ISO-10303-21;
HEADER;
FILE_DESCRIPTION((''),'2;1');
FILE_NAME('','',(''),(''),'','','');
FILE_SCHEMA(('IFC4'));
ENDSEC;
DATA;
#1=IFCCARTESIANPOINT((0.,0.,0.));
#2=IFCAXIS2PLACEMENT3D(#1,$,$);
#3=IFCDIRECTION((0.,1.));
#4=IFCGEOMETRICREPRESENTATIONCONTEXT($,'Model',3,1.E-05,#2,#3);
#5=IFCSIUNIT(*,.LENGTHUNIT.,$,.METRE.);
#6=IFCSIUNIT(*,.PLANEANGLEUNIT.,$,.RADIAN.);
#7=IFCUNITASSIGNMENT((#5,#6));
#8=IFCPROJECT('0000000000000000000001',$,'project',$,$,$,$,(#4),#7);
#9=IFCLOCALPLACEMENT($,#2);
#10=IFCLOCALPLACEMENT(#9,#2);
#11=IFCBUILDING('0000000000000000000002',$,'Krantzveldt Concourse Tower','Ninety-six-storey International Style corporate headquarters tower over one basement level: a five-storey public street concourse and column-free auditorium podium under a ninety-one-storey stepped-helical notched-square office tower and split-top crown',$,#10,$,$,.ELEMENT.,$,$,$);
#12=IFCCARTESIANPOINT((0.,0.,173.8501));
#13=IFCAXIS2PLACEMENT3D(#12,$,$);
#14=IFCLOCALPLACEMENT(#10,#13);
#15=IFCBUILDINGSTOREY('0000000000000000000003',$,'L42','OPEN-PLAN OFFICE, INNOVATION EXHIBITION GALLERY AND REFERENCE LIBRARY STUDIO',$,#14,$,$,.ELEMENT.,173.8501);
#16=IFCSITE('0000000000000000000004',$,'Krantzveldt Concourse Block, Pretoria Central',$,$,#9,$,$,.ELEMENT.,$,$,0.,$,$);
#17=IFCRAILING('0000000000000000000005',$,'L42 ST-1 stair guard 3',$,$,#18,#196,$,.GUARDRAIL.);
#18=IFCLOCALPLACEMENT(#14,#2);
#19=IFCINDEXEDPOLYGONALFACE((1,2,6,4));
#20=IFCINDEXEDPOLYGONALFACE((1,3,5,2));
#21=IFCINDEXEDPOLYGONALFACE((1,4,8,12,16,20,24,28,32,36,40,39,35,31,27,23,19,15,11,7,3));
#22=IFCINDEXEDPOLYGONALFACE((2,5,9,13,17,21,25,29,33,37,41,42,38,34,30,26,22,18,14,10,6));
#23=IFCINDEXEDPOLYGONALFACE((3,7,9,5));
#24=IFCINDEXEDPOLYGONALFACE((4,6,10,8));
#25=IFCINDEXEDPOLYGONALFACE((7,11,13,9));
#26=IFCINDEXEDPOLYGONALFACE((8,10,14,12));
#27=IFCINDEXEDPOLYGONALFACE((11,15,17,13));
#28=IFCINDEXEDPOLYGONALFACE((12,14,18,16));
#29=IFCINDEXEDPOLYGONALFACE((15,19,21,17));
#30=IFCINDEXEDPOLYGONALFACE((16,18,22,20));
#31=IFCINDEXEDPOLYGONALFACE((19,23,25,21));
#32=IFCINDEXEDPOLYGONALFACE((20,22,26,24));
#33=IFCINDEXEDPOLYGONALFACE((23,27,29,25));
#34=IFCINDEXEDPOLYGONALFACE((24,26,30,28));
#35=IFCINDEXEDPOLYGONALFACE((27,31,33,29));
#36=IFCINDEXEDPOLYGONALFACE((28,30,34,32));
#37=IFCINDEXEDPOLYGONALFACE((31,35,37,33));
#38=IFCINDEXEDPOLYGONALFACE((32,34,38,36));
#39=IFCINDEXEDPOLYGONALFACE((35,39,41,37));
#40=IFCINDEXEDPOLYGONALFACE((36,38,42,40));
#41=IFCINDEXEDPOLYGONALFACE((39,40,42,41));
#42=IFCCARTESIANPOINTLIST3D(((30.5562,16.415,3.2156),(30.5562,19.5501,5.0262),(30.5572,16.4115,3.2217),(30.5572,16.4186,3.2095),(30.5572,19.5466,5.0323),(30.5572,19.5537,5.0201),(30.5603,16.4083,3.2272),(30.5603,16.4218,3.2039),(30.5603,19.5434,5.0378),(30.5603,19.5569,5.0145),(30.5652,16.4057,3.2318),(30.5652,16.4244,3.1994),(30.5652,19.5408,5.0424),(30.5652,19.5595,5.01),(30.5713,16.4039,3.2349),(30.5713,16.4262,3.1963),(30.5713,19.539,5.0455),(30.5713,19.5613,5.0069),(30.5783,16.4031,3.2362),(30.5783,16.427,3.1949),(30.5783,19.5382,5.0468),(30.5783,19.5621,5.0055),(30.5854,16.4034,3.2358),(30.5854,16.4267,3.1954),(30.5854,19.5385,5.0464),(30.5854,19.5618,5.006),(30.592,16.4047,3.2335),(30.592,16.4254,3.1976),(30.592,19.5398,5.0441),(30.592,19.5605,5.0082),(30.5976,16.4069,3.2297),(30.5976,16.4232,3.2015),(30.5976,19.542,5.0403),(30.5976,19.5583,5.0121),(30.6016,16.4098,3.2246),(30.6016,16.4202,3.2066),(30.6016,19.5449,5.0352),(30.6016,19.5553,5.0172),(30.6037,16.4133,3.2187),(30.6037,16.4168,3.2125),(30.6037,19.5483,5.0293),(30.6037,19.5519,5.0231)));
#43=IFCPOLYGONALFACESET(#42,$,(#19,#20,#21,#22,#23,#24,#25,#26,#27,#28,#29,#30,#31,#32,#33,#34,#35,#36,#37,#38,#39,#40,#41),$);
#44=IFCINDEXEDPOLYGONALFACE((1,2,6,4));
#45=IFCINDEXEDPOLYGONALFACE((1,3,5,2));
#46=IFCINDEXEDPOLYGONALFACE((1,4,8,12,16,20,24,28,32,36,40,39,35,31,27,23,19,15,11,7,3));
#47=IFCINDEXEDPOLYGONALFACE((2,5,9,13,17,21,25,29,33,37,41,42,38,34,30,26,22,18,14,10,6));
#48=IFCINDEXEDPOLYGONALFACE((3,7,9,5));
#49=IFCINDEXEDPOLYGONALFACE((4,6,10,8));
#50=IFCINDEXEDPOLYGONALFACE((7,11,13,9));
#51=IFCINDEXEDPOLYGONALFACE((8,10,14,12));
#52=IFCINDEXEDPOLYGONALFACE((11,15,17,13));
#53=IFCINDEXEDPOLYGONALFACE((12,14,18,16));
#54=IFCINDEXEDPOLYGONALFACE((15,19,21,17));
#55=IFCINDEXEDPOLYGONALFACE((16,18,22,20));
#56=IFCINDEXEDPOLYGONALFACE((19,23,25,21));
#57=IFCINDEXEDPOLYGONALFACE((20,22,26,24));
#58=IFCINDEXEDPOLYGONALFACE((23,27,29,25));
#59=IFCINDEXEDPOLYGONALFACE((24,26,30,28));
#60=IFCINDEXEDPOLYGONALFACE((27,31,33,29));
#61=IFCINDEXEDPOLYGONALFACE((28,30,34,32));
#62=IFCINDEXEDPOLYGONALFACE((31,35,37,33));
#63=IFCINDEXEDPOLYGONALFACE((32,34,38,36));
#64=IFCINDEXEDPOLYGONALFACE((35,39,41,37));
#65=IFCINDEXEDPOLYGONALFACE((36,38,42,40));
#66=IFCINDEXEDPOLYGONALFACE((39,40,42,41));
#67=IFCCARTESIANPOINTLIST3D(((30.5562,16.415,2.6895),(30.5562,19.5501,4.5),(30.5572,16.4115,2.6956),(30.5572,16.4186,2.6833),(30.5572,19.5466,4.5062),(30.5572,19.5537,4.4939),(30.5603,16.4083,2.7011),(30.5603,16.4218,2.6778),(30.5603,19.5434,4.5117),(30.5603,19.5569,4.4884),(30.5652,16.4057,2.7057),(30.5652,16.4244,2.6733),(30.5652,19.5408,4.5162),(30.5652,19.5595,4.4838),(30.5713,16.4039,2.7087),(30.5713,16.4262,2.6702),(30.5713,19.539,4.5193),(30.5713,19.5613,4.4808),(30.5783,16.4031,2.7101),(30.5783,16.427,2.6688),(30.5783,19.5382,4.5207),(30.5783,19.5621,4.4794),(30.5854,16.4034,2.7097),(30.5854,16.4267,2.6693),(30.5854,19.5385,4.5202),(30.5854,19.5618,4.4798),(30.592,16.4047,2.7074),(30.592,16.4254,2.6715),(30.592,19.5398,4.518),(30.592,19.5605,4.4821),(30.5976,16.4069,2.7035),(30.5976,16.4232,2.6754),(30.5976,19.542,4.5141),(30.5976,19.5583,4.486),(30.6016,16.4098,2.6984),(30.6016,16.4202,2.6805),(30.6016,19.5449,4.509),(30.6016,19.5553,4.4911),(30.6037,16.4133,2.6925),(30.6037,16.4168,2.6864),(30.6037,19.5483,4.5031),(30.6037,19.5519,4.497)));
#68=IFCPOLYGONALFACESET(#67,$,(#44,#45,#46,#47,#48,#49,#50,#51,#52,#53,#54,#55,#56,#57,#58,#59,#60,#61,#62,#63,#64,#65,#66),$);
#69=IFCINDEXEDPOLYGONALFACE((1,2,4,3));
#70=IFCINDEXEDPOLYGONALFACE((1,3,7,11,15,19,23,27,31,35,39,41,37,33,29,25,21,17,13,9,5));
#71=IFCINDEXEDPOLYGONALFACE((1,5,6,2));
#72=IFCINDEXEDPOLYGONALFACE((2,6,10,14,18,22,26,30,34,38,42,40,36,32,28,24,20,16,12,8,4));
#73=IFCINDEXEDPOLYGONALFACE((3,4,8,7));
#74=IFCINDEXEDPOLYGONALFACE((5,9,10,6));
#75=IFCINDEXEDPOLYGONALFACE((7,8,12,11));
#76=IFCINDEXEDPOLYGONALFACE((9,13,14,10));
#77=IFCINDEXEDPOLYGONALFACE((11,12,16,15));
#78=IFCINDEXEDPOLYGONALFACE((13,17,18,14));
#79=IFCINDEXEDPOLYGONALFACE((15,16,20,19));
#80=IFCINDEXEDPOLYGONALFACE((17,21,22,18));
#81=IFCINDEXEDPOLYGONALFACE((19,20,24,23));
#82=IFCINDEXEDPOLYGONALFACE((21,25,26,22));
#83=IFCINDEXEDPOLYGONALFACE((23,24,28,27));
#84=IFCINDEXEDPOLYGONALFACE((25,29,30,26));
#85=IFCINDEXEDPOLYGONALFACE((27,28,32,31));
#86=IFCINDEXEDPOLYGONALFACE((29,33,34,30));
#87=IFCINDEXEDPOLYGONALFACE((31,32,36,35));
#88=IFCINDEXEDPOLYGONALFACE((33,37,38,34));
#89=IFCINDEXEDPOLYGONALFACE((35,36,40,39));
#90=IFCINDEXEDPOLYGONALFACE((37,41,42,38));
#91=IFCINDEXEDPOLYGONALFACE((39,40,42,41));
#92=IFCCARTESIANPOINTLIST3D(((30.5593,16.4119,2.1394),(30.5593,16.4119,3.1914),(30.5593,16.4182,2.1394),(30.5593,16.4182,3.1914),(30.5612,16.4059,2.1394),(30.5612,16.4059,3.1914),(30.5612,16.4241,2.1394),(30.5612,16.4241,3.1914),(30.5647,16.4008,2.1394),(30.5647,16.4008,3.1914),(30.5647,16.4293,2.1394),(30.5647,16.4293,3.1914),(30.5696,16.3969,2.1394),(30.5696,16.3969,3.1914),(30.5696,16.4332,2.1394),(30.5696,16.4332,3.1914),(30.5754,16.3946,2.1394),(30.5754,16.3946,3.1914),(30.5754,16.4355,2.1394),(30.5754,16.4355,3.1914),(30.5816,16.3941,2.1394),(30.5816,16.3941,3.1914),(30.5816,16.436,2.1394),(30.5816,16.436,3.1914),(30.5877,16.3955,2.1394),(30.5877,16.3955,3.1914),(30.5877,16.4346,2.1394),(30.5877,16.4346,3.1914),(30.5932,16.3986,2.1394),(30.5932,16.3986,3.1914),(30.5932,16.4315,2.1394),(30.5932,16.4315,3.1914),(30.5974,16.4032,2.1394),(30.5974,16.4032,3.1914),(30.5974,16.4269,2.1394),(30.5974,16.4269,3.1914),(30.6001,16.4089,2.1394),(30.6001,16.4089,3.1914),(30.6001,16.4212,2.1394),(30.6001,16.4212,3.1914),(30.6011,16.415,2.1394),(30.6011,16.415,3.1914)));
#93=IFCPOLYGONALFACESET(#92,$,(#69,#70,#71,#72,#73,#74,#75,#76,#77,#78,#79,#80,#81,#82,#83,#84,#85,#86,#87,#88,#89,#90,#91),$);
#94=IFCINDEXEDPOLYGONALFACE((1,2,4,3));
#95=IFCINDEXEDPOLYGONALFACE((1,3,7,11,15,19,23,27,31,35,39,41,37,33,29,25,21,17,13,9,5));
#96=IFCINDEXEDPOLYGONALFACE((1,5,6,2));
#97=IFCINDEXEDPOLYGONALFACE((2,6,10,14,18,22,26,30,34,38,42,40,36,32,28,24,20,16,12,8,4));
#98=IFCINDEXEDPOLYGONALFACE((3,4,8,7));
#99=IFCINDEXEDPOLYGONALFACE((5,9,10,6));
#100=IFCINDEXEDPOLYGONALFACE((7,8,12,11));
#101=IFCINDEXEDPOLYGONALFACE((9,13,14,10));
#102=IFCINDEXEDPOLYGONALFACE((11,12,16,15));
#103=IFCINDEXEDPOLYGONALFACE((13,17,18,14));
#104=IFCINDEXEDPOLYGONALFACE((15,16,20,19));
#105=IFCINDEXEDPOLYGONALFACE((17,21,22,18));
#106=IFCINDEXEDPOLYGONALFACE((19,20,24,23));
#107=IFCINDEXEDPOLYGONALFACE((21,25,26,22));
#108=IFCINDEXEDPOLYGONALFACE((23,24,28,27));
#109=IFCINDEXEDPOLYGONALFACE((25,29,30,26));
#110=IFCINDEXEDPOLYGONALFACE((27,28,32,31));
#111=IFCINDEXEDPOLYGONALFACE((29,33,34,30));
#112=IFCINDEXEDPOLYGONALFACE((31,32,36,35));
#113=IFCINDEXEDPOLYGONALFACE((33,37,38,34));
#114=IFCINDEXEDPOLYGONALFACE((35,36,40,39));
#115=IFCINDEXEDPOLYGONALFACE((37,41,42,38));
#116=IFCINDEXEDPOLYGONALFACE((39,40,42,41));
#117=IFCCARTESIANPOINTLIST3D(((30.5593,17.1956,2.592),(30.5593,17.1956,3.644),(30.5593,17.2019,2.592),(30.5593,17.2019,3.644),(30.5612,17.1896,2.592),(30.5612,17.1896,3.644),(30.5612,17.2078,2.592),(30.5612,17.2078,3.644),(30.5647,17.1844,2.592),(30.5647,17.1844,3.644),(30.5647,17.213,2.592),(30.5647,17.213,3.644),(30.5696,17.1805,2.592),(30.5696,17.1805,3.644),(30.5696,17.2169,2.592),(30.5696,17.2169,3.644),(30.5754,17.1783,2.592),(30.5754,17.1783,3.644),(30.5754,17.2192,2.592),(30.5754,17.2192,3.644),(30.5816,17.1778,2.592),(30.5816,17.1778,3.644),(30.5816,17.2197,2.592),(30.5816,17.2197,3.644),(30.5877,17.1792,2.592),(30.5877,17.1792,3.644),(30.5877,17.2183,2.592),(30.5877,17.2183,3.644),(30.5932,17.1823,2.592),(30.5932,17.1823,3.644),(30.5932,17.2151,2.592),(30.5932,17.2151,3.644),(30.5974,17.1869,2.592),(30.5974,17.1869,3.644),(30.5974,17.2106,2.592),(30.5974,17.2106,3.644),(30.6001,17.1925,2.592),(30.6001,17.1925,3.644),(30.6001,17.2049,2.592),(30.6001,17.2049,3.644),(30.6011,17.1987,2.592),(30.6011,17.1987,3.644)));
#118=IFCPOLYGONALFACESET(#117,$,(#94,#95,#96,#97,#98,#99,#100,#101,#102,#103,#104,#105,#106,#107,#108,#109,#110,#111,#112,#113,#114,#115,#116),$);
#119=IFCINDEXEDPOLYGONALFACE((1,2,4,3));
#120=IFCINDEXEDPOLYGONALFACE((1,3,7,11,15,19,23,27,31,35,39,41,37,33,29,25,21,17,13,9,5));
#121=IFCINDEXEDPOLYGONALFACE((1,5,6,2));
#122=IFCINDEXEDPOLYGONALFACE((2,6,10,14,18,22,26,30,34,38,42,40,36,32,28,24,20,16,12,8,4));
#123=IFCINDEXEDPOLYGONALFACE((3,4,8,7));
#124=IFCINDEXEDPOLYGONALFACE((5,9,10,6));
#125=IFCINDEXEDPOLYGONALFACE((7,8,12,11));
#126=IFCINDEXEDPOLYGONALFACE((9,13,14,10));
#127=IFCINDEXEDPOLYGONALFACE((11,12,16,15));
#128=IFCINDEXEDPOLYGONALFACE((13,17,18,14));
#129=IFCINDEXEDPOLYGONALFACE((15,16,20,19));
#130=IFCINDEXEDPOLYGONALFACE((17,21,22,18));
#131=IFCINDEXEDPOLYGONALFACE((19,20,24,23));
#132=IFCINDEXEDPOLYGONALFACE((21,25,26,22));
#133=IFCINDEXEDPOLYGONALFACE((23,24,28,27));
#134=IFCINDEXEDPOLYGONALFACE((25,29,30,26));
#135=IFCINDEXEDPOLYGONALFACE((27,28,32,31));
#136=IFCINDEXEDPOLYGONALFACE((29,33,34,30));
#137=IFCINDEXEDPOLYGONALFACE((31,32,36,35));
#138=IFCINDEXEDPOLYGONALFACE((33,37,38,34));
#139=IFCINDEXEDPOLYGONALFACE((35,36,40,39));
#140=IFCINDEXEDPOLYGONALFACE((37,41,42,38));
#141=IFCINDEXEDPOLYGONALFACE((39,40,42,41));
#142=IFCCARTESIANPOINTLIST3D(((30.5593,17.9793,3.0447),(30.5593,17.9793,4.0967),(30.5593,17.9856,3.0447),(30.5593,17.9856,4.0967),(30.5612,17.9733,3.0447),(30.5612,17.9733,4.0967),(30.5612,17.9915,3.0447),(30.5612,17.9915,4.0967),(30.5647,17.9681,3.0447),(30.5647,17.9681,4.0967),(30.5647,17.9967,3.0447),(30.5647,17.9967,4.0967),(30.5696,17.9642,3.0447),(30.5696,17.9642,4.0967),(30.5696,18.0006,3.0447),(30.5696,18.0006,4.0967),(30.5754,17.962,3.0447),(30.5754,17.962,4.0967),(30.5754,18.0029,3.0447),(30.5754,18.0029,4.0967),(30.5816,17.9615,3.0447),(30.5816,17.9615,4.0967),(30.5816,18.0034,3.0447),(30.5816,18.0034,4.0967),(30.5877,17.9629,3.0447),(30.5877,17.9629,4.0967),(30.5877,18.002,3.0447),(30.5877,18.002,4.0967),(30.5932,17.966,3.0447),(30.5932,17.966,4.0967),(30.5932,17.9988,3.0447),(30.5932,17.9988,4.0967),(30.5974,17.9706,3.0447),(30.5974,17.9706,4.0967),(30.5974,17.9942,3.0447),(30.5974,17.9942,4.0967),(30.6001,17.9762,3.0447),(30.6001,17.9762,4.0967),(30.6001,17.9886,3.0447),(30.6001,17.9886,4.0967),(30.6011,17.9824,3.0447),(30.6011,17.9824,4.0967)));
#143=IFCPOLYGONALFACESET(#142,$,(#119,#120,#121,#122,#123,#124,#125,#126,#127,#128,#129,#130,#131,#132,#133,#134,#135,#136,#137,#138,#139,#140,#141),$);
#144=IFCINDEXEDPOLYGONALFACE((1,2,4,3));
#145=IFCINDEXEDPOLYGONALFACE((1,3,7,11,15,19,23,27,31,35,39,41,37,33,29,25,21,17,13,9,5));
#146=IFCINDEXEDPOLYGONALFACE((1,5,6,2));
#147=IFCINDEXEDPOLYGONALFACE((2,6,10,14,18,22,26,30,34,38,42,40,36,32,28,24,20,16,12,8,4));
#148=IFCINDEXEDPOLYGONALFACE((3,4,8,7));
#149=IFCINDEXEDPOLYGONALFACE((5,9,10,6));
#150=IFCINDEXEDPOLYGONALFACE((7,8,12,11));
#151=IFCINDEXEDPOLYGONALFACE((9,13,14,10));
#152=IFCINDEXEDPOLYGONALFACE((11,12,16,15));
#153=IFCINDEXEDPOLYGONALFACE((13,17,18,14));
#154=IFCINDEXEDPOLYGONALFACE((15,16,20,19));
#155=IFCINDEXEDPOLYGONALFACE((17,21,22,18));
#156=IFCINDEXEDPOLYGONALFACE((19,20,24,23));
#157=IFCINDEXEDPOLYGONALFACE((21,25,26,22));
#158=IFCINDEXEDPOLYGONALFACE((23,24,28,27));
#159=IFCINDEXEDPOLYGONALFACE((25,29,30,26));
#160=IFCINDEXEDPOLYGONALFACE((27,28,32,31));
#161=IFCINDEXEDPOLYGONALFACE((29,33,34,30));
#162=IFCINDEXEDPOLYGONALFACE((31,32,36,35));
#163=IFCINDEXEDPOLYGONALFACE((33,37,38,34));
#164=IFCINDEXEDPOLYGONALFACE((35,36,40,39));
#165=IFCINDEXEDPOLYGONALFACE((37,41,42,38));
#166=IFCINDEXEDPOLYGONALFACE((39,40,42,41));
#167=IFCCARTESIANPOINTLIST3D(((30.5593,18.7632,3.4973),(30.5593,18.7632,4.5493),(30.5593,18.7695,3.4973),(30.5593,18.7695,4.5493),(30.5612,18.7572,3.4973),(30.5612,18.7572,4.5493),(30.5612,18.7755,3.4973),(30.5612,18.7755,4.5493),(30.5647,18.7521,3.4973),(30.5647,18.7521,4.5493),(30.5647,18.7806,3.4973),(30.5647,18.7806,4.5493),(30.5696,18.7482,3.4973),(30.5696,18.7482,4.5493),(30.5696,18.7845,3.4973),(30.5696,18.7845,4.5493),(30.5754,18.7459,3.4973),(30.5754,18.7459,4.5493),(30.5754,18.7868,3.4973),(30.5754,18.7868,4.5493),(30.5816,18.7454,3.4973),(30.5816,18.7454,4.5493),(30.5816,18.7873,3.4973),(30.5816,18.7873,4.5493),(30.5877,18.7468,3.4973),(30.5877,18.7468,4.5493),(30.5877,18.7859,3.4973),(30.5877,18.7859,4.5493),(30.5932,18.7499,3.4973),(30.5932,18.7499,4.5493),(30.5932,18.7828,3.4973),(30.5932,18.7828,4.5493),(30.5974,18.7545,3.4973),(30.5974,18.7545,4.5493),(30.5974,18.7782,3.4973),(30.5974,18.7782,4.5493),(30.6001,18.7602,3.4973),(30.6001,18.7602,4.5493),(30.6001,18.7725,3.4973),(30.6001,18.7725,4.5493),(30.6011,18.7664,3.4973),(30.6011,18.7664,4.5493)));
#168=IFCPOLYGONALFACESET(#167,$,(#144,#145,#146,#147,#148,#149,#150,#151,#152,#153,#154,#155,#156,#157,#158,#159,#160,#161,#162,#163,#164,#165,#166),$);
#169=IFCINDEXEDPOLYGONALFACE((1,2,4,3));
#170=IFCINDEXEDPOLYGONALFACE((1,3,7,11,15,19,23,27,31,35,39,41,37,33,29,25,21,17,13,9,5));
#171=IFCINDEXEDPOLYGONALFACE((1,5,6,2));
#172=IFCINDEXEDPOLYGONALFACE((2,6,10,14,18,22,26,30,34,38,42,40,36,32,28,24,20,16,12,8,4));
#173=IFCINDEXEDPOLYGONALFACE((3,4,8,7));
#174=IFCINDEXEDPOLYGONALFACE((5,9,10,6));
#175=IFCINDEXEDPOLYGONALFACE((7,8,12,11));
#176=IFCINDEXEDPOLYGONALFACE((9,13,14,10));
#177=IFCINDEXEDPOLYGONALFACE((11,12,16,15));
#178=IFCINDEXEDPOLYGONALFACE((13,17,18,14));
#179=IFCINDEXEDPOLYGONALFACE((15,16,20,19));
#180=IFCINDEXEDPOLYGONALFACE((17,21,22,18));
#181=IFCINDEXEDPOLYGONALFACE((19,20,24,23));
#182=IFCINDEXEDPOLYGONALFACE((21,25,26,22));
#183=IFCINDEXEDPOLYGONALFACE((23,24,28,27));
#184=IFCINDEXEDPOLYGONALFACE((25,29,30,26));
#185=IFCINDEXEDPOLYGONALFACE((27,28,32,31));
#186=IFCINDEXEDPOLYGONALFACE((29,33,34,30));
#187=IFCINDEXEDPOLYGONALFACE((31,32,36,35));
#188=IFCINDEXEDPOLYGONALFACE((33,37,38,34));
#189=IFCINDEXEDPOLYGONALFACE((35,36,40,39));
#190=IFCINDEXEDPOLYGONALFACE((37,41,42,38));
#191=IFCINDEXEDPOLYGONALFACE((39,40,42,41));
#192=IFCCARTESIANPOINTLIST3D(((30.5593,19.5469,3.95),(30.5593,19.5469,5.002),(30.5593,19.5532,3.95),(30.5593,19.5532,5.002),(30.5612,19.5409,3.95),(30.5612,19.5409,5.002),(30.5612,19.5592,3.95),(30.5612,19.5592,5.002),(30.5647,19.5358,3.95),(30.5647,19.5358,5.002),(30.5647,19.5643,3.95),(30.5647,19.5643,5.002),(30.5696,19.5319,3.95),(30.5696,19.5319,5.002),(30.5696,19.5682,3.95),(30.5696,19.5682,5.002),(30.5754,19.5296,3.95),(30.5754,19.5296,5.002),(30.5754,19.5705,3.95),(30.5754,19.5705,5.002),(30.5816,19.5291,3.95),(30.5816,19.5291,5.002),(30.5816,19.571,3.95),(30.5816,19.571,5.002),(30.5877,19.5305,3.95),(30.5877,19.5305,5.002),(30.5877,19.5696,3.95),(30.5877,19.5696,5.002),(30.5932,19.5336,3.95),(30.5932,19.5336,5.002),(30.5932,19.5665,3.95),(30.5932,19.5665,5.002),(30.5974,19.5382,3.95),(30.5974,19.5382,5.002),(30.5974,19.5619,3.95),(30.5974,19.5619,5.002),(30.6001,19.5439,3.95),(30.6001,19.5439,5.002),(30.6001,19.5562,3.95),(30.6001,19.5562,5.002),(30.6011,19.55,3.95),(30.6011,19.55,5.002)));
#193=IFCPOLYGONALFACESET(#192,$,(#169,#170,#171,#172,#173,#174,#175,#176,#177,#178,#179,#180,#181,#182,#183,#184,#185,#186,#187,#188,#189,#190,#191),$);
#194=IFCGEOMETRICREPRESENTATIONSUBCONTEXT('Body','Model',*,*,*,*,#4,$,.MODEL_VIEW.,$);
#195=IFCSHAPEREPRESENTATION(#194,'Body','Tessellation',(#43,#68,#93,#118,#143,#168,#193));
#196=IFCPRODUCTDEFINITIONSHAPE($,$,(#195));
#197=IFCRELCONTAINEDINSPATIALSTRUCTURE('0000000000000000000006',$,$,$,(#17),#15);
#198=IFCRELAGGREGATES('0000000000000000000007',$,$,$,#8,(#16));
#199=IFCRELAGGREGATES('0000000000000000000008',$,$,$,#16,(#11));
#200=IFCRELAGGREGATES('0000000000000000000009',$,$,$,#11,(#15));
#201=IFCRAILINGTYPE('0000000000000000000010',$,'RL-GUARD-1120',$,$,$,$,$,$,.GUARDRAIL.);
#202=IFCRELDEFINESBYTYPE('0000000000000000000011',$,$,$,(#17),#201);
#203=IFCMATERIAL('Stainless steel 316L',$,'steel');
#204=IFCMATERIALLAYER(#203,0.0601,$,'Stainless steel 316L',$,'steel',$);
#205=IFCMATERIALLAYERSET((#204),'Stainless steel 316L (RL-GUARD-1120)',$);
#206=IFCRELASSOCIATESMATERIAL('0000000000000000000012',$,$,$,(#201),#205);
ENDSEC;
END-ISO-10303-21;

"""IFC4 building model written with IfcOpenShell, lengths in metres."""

from ifc_helpers import new_model, si_unit, direction, frame, origin, origin_2d, place, context, subcontext, project, spatial, circle, extrude, material, layer, layer_set, type_object, element, save


model = new_model("IFC4")

# Units and contexts
model_context = context("Model", 3, precision=1e-05, world=origin(), true_north=direction((0.0, 1.0)))
body_context = subcontext(model_context, "Body", "Model", "MODEL_VIEW")
ifc_project = project(units=[si_unit("LENGTHUNIT", "METRE"), si_unit("PLANEANGLEUNIT", "RADIAN")], contexts=[model_context])

# Site, building, storey
site_placement = place(None, origin())
site = spatial("IfcSite", under=ifc_project, at=site_placement, Name="Krantzveldt Concourse Block, Pretoria Central", CompositionType="ELEMENT", RefElevation=0.0)
building_placement = place(site_placement, origin())
building = spatial("IfcBuilding", under=site, at=building_placement, Name="Krantzveldt Concourse Tower", Description="Ninety-six-storey International Style corporate headquarters tower over one basement level: a five-storey public street concourse and column-free auditorium podium under a ninety-one-storey stepped-helical notched-square office tower and split-top crown", CompositionType="ELEMENT")
storey_placement = place(building_placement, frame((0.0, 0.0, 173.8501)))
storey = spatial("IfcBuildingStorey", under=building, at=storey_placement, Name="L42", Description="OPEN-PLAN OFFICE, INNOVATION EXHIBITION GALLERY AND REFERENCE LIBRARY STUDIO", CompositionType="ELEMENT", Elevation=173.8501)

# Shared definitions
ifc_material_1 = material(Name="Stainless steel 316L", Category="steel")

# Railing
ifc_layer_1 = layer(ifc_material_1, 0.0601, Name="Stainless steel 316L", Category="steel")
ifc_layer_set_1 = layer_set([ifc_layer_1], Name="Stainless steel 316L (RL-GUARD-1120)")
railing_type_1 = type_object("IfcRailingType", Name="RL-GUARD-1120", PredefinedType="GUARDRAIL", material=ifc_layer_set_1)
railing_1_placement = place(storey_placement, frame((30.5801, 16.415, 2.1394)))
element("IfcRailing", 1, at=railing_1_placement, inside=storey, type_object=railing_type_1, Name="L42 ST-1 stair guard 3", PredefinedType="GUARDRAIL", context=body_context, shape_type="SweptSolid", body=[
    extrude(circle(Radius=0.0239, at=origin_2d()), frame((0.0, 0.0, 1.0762), z_axis=(0.0, 0.86596, 0.500114), x_axis=(-1.0, 0.0, 0.0)), (0.0, 0.0, 1.0), 3.6204),
    extrude(circle(Radius=0.0239, at=origin_2d()), frame((0.0, 0.0, 0.55), z_axis=(0.0, 0.86596, 0.500114), x_axis=(-1.0, 0.0, 0.0)), (0.0, 0.0, 1.0), 3.6204),
    extrude(circle(Radius=0.021, at=origin_2d()), origin(), (0.0, 0.0, 1.0), 1.052),
    extrude(circle(Radius=0.021, at=origin_2d()), frame((0.0, 0.7837, 0.4526)), (0.0, 0.0, 1.0), 1.052),
    extrude(circle(Radius=0.021, at=origin_2d()), frame((0.0, 1.5674, 0.9053)), (0.0, 0.0, 1.0), 1.052),
    extrude(circle(Radius=0.021, at=origin_2d()), frame((0.0, 2.3513, 1.3579)), (0.0, 0.0, 1.0), 1.052),
    extrude(circle(Radius=0.021, at=origin_2d()), frame((0.0, 3.135, 1.8105)), (0.0, 0.0, 1.0), 1.052),
])

save(model, "model.ifc")
